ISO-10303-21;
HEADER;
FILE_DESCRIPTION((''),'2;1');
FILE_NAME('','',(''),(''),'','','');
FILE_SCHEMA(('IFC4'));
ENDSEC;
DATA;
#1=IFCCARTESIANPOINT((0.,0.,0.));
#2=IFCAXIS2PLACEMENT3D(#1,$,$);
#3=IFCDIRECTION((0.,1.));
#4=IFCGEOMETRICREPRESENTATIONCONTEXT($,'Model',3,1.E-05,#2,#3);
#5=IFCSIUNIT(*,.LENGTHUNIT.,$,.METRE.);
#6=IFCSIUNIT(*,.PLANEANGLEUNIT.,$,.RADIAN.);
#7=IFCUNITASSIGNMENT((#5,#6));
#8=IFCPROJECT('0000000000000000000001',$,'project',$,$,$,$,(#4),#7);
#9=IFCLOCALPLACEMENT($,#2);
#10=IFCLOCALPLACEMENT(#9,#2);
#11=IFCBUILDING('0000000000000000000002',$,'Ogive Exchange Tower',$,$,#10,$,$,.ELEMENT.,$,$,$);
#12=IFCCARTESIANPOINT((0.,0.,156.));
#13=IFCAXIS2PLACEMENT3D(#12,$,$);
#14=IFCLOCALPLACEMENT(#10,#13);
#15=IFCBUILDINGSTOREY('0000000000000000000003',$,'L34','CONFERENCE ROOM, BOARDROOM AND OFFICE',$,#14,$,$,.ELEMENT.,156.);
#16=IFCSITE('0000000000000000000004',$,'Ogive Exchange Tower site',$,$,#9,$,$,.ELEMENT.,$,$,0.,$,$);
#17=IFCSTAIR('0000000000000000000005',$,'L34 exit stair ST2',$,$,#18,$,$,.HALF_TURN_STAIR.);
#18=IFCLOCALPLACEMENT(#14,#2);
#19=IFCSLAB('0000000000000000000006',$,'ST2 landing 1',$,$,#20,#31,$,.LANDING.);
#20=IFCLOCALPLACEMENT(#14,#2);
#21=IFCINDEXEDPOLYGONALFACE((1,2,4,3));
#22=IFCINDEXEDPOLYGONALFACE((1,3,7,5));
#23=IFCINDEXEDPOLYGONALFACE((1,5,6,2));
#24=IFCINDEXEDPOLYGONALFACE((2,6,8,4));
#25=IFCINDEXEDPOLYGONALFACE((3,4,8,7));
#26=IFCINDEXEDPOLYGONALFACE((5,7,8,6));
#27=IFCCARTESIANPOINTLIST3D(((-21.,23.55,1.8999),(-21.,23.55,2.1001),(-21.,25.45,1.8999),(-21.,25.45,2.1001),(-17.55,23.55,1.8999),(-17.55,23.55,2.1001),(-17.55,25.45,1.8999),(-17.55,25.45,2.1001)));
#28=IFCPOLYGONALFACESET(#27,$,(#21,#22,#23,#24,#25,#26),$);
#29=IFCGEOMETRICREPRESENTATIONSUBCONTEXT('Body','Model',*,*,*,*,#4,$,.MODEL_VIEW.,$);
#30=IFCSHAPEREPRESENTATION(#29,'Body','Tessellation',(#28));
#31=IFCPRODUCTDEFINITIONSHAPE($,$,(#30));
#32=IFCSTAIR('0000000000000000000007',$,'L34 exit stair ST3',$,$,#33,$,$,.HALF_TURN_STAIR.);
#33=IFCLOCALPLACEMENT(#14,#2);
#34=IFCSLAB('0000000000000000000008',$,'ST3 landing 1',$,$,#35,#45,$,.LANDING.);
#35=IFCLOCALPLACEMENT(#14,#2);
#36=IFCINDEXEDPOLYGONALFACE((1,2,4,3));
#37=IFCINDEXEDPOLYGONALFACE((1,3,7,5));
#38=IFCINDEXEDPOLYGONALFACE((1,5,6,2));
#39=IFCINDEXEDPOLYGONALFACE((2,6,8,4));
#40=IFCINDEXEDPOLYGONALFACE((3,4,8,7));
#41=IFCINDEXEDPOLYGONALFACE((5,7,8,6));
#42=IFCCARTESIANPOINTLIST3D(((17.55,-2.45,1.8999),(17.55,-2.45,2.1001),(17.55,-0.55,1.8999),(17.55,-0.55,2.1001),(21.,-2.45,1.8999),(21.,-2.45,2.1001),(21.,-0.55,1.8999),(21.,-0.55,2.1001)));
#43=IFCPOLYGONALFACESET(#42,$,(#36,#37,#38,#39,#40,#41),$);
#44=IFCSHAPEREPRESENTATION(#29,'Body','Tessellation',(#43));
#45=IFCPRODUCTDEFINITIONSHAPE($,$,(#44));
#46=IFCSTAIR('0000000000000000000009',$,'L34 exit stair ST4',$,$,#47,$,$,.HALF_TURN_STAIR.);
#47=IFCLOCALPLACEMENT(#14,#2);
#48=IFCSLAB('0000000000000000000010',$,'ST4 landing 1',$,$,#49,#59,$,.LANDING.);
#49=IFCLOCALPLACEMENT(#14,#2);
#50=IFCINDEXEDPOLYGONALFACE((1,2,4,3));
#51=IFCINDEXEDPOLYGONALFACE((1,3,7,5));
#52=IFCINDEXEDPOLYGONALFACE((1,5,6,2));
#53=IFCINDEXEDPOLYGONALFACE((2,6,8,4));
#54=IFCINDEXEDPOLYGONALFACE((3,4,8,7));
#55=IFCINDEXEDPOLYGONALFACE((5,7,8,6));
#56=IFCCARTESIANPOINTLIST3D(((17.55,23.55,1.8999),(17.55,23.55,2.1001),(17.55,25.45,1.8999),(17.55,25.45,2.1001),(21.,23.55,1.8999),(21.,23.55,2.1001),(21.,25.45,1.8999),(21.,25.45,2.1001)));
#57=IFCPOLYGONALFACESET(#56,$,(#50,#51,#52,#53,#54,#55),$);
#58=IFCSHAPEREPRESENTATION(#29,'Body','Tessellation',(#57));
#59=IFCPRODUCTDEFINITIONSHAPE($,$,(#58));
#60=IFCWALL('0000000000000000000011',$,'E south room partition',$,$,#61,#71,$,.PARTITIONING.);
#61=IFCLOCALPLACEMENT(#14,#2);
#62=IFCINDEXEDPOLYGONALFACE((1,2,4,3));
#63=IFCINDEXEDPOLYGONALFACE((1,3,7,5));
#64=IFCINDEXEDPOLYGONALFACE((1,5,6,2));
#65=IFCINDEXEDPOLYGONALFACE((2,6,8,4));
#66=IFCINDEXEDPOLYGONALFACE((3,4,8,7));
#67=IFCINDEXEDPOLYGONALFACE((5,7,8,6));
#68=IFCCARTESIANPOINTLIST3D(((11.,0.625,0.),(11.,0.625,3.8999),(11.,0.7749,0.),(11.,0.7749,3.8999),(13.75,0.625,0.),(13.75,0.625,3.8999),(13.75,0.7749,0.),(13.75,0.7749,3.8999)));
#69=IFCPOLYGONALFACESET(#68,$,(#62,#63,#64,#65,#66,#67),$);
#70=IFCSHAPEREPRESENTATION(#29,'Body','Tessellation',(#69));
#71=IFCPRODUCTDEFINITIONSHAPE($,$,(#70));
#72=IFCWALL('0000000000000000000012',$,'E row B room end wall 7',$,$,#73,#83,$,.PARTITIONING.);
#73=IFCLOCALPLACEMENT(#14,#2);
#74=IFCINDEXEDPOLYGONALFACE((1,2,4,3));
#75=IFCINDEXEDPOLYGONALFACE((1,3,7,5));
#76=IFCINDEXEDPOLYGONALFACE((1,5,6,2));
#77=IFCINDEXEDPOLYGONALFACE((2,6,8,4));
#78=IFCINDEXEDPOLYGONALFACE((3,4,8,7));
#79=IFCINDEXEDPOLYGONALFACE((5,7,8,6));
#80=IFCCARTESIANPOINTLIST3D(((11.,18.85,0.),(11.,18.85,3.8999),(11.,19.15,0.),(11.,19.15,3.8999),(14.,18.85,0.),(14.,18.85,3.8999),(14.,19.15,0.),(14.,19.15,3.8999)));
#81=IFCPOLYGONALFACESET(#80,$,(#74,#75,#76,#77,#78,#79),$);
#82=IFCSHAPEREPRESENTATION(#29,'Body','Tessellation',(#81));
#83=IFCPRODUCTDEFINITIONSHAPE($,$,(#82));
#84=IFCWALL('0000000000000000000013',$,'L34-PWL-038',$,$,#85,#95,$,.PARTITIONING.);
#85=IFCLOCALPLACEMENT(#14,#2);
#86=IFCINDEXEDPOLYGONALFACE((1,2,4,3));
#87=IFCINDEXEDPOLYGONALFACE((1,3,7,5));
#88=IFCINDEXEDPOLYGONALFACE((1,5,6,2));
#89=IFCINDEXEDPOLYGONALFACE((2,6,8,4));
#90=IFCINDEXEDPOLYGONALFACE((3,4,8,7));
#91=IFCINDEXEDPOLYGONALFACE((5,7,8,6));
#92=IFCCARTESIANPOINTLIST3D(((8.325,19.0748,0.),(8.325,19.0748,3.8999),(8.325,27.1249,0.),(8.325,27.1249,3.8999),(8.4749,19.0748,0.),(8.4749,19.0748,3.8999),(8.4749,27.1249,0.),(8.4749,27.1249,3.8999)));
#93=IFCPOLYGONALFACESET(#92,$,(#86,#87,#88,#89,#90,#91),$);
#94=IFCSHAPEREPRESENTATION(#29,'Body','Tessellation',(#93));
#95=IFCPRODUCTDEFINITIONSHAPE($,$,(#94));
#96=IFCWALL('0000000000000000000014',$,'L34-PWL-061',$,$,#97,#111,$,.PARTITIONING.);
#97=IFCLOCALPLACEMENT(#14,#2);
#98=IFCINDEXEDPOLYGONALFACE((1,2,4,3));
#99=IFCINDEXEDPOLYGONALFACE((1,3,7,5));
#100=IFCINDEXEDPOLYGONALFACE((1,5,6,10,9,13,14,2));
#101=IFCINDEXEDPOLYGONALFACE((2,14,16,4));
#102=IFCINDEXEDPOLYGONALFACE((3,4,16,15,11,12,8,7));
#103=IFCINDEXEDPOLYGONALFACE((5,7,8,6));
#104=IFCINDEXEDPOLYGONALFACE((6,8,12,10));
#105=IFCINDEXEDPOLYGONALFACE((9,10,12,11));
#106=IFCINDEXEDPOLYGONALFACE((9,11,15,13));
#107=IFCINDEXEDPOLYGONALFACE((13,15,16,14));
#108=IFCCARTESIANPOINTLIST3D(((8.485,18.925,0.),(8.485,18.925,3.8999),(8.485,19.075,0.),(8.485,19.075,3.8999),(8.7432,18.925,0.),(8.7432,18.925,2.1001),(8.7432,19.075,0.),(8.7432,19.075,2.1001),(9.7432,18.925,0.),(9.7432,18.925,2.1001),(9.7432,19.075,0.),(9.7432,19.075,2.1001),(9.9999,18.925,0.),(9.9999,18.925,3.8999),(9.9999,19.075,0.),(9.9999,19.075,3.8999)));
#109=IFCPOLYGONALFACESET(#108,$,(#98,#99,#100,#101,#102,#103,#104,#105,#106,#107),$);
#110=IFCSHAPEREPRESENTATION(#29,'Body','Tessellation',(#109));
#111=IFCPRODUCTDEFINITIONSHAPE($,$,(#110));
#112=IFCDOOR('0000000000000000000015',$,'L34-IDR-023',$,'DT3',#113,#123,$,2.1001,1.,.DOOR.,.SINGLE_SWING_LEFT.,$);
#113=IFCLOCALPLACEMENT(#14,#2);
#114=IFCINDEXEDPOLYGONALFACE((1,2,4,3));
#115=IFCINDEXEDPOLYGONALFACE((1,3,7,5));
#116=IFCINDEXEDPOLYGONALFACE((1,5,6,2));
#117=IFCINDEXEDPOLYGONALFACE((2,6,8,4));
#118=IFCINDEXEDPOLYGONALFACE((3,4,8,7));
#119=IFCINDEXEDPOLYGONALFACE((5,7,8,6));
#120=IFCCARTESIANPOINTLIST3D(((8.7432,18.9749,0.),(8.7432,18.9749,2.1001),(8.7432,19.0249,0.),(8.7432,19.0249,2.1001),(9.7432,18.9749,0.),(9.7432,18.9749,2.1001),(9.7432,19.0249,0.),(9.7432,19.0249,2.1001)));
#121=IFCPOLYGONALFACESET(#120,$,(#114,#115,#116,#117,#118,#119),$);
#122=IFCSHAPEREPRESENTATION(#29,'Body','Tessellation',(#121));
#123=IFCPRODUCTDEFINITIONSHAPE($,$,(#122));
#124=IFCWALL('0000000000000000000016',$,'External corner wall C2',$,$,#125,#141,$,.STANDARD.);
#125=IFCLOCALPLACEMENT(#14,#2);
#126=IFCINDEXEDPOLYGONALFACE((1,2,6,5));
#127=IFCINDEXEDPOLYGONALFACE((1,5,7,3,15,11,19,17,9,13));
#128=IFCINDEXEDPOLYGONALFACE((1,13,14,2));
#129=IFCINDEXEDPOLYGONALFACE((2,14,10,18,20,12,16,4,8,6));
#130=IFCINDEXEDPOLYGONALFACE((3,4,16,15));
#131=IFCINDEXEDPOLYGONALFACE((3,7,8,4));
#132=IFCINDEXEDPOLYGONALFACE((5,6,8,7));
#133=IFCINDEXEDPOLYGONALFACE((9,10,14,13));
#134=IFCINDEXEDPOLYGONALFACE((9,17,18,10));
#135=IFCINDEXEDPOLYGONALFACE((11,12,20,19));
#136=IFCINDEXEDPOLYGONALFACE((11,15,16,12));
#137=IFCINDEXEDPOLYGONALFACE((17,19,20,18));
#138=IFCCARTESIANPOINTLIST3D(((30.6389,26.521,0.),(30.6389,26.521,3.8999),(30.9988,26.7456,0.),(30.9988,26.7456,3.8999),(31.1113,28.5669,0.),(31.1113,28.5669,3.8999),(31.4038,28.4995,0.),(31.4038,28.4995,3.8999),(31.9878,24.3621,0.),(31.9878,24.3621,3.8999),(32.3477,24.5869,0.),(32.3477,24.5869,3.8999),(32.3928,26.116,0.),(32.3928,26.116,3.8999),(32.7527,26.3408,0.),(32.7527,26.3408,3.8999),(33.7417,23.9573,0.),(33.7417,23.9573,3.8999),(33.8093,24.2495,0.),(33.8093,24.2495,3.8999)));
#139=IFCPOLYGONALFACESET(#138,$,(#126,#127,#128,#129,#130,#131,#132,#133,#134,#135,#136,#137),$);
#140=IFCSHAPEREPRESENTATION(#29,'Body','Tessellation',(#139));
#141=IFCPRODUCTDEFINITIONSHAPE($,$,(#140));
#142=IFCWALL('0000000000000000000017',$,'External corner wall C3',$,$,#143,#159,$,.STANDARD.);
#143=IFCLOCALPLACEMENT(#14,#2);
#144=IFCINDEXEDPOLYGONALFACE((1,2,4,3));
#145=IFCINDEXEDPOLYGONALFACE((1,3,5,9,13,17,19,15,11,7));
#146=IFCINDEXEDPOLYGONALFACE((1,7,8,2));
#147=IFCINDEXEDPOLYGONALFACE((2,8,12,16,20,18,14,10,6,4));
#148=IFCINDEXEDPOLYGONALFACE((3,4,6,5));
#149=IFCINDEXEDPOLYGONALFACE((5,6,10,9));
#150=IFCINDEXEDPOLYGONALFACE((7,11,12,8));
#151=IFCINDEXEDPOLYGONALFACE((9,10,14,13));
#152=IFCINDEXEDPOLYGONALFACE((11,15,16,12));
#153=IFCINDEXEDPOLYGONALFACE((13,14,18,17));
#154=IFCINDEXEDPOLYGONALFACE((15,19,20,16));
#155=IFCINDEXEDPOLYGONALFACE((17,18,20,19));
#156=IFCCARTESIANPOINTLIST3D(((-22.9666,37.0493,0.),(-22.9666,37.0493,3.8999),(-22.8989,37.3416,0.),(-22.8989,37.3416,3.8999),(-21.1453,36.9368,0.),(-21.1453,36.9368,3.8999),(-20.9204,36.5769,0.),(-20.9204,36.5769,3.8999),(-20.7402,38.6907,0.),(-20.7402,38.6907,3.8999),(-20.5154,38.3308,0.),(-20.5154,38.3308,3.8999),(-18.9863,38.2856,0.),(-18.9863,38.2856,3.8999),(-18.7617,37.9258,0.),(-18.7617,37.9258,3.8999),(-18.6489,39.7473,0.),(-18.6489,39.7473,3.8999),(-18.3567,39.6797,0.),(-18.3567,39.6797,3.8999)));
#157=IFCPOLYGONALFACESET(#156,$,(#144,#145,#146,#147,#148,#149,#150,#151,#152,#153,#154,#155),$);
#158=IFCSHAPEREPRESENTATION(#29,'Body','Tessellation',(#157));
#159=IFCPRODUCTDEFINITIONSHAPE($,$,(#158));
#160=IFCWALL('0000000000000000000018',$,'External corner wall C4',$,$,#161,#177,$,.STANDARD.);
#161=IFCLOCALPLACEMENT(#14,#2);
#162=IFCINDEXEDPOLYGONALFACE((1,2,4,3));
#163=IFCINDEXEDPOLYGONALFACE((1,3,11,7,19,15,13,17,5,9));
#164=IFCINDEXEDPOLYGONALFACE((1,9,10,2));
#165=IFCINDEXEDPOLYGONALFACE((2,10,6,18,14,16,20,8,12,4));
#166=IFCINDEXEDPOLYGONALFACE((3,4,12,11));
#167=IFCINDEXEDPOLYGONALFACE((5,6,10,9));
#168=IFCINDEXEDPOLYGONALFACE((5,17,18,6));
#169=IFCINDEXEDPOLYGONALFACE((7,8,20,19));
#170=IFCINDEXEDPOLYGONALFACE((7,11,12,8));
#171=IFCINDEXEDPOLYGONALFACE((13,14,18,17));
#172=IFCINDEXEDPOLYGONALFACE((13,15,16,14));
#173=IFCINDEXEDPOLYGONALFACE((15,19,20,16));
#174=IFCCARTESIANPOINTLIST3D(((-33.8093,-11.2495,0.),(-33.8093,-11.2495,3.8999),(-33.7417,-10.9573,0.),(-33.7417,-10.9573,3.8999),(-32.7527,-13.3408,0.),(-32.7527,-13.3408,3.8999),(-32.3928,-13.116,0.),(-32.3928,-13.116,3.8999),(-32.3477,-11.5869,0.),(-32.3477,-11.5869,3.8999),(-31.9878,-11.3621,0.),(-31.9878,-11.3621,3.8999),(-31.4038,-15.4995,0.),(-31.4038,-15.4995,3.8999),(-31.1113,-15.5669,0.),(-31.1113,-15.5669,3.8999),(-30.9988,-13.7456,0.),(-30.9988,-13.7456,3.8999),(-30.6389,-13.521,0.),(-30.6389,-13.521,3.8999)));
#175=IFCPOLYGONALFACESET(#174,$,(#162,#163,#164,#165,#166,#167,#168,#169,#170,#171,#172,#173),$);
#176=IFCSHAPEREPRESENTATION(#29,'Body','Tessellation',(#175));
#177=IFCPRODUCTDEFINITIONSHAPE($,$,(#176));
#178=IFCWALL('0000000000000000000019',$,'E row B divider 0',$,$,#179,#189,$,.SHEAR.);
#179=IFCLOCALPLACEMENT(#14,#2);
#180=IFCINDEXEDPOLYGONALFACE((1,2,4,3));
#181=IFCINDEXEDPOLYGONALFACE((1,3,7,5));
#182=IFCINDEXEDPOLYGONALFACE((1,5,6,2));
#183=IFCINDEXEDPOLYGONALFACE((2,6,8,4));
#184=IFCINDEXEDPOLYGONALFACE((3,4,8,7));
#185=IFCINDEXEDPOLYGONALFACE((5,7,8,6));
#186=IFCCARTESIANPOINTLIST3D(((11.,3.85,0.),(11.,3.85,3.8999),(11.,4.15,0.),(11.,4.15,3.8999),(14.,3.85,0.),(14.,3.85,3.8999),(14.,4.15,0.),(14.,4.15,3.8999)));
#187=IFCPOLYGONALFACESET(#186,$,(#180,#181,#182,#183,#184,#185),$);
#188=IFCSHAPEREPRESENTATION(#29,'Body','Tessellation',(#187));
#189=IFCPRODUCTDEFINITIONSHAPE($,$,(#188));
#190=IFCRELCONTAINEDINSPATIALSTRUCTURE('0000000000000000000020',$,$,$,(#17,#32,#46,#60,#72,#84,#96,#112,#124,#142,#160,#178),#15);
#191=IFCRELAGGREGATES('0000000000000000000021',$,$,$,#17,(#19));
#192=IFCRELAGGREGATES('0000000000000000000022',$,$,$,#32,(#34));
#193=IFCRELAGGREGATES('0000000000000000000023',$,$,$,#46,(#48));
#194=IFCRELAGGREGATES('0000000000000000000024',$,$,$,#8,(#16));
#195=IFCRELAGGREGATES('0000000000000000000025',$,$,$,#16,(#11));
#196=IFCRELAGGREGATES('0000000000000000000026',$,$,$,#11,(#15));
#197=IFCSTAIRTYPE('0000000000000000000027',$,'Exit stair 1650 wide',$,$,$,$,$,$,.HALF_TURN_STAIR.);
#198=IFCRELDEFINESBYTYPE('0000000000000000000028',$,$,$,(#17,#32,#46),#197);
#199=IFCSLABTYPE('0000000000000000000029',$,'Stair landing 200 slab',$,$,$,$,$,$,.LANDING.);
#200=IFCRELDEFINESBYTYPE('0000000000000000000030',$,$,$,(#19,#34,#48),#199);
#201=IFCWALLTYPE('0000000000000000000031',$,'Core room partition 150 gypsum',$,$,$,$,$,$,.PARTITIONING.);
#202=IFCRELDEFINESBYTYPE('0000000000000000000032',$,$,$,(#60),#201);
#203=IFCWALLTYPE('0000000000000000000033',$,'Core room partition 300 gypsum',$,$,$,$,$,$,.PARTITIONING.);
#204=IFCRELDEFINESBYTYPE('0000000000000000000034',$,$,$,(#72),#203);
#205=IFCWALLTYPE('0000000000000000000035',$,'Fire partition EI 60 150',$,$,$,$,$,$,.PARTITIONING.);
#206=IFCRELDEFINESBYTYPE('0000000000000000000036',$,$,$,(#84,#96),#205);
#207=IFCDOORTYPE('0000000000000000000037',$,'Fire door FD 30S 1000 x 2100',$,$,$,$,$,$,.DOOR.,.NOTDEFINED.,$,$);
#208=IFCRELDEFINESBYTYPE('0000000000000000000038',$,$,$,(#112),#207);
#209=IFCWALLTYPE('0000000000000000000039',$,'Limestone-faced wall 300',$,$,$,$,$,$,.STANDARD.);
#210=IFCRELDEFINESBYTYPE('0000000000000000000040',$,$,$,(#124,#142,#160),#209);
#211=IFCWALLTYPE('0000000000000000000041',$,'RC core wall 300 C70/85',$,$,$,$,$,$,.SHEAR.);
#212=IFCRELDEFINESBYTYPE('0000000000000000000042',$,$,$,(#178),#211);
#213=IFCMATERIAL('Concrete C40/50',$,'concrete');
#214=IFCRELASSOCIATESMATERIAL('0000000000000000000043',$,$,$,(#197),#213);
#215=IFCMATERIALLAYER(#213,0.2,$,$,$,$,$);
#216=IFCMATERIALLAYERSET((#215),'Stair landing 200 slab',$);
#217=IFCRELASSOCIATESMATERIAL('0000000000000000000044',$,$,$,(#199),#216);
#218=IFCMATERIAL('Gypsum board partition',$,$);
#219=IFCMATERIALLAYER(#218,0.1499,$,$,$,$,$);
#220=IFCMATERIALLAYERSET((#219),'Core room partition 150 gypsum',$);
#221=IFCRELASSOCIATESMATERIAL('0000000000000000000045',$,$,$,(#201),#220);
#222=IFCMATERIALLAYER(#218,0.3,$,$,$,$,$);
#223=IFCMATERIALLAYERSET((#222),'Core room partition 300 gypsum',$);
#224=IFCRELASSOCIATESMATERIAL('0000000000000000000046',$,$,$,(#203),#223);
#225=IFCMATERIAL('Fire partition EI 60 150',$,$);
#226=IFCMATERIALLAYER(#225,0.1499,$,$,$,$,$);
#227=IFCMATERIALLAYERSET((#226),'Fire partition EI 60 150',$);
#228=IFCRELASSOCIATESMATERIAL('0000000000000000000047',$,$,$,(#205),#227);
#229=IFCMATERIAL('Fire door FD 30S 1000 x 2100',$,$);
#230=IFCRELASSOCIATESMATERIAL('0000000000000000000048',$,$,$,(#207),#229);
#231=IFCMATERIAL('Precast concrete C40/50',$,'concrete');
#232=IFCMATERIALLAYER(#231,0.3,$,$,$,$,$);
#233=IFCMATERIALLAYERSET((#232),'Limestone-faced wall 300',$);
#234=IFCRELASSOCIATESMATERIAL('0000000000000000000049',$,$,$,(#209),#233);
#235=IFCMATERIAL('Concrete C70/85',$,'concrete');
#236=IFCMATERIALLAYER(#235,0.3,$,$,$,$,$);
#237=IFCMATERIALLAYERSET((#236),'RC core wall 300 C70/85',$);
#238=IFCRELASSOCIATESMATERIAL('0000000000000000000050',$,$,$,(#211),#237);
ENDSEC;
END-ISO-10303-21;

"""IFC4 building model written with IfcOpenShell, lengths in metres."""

from ifc_helpers import new_model, si_unit, direction, frame, frame_2d, origin, place, context, subcontext, project, spatial, polyline, rectangle, outline, extrude, material, layer, layer_set, type_object, element, fill, aggregate, save


model = new_model("IFC4")

# Units and contexts
model_context = context("Model", 3, precision=1e-05, world=origin(), true_north=direction((0.0, 1.0)))
body_context = subcontext(model_context, "Body", "Model", "MODEL_VIEW")
ifc_project = project(units=[si_unit("LENGTHUNIT", "METRE"), si_unit("PLANEANGLEUNIT", "RADIAN")], contexts=[model_context])

# Site, building, storey
site_placement = place(None, origin())
site = spatial("IfcSite", under=ifc_project, at=site_placement, Name="Ogive Exchange Tower site", CompositionType="ELEMENT", RefElevation=0.0)
building_placement = place(site_placement, origin())
building = spatial("IfcBuilding", under=site, at=building_placement, Name="Ogive Exchange Tower", CompositionType="ELEMENT")
storey_placement = place(building_placement, frame((0.0, 0.0, 156.0)))
storey = spatial("IfcBuildingStorey", under=building, at=storey_placement, Name="L34", Description="CONFERENCE ROOM, BOARDROOM AND OFFICE", CompositionType="ELEMENT", Elevation=156.0)

# Shared definitions
ifc_material_1 = material(Name="Concrete C70/85", Category="concrete")

# Stairs, slabs
ifc_material_2 = material(Name="Concrete C40/50", Category="concrete")
stair_type = type_object("IfcStairType", Name="Exit stair 1650 wide", PredefinedType="HALF_TURN_STAIR", material=ifc_material_2)
ifc_layer_1 = layer(ifc_material_2, 0.2)
ifc_layer_set_1 = layer_set([ifc_layer_1], Name="Stair landing 200 slab")
slab_type_1 = type_object("IfcSlabType", Name="Stair landing 200 slab", PredefinedType="LANDING", material=ifc_layer_set_1)
stair_1_placement = place(storey_placement, origin())
stair_1 = element("IfcStair", 1, at=stair_1_placement, inside=storey, type_object=stair_type, Name="L34 exit stair ST2", PredefinedType="HALF_TURN_STAIR")
slab_1_placement = place(storey_placement, frame((0.0, 0.0, 1.8999)))
slab_1 = element("IfcSlab", 2, at=slab_1_placement, type_object=slab_type_1, Name="ST2 landing 1", PredefinedType="LANDING", context=body_context, shape_type="SweptSolid", body=[
    extrude(outline(polyline([(-17.55, 23.55), (-17.55, 25.45), (-21.0, 25.45), (-21.0, 23.55), (-17.55, 23.55)])), origin(), (0.0, 0.0, 1.0), 0.2002),
])
aggregate(stair_1, [slab_1])
stair_2_placement = place(storey_placement, origin())
stair_2 = element("IfcStair", 3, at=stair_2_placement, inside=storey, type_object=stair_type, Name="L34 exit stair ST3", PredefinedType="HALF_TURN_STAIR")
slab_2_placement = place(storey_placement, frame((0.0, 0.0, 1.8999)))
slab_2 = element("IfcSlab", 4, at=slab_2_placement, type_object=slab_type_1, Name="ST3 landing 1", PredefinedType="LANDING", context=body_context, shape_type="SweptSolid", body=[
    extrude(outline(polyline([(17.55, -0.55), (17.55, -2.45), (21.0, -2.45), (21.0, -0.55), (17.55, -0.55)])), origin(), (0.0, 0.0, 1.0), 0.2002),
])
aggregate(stair_2, [slab_2])
stair_3_placement = place(storey_placement, origin())
stair_3 = element("IfcStair", 5, at=stair_3_placement, inside=storey, type_object=stair_type, Name="L34 exit stair ST4", PredefinedType="HALF_TURN_STAIR")
slab_3_placement = place(storey_placement, frame((0.0, 0.0, 1.8999)))
slab_3 = element("IfcSlab", 6, at=slab_3_placement, type_object=slab_type_1, Name="ST4 landing 1", PredefinedType="LANDING", context=body_context, shape_type="SweptSolid", body=[
    extrude(outline(polyline([(21.0, 23.55), (21.0, 25.45), (17.55, 25.45), (17.55, 23.55), (21.0, 23.55)])), origin(), (0.0, 0.0, 1.0), 0.2002),
])
aggregate(stair_3, [slab_3])

# Walls
ifc_material_3 = material(Name="Gypsum board partition")
ifc_layer_2 = layer(ifc_material_3, 0.1499)
ifc_layer_set_2 = layer_set([ifc_layer_2], Name="Core room partition 150 gypsum")
wall_type_1 = type_object("IfcWallType", Name="Core room partition 150 gypsum", PredefinedType="PARTITIONING", material=ifc_layer_set_2)
wall_1_placement = place(storey_placement, frame((11.0, 0.7, 0.0), z_axis=(0.0, 0.0, 1.0), x_axis=(1.0, 0.0, 0.0)))
element("IfcWall", 7, at=wall_1_placement, inside=storey, type_object=wall_type_1, Name="E south room partition", PredefinedType="PARTITIONING", context=body_context, shape_type="SweptSolid", body=[
    extrude(rectangle(XDim=2.75, YDim=0.1499, at=frame_2d((1.375, 0.0))), origin(), (0.0, 0.0, 1.0), 3.8999),
])
ifc_layer_3 = layer(ifc_material_3, 0.3)
ifc_layer_set_3 = layer_set([ifc_layer_3], Name="Core room partition 300 gypsum")
wall_type_2 = type_object("IfcWallType", Name="Core room partition 300 gypsum", PredefinedType="PARTITIONING", material=ifc_layer_set_3)
wall_2_placement = place(storey_placement, frame((11.0, 19.0, 0.0), z_axis=(0.0, 0.0, 1.0), x_axis=(1.0, 0.0, 0.0)))
element("IfcWall", 8, at=wall_2_placement, inside=storey, type_object=wall_type_2, Name="E row B room end wall 7", PredefinedType="PARTITIONING", context=body_context, shape_type="SweptSolid", body=[
    extrude(rectangle(XDim=3.0, YDim=0.3, at=frame_2d((1.5, 0.0))), origin(), (0.0, 0.0, 1.0), 3.8999),
])
ifc_material_4 = material(Name="Fire partition EI 60 150")
ifc_layer_4 = layer(ifc_material_4, 0.1499)
ifc_layer_set_4 = layer_set([ifc_layer_4], Name="Fire partition EI 60 150")
wall_type_3 = type_object("IfcWallType", Name="Fire partition EI 60 150", PredefinedType="PARTITIONING", material=ifc_layer_set_4)
wall_3_placement = place(storey_placement, frame((8.3999, 19.075, 0.0), z_axis=(0.0, 0.0, 1.0), x_axis=(0.0, 1.0, 0.0)))
element("IfcWall", 9, at=wall_3_placement, inside=storey, type_object=wall_type_3, Name="L34-PWL-038", PredefinedType="PARTITIONING", context=body_context, shape_type="SweptSolid", body=[
    extrude(rectangle(XDim=8.05, YDim=0.1499, at=frame_2d((4.0249, 0.0))), origin(), (0.0, 0.0, 1.0), 3.8999),
])

# Wall, opening, door
wall_4_placement = place(storey_placement, frame((8.4851, 19.0, 0.0), z_axis=(0.0, 0.0, 1.0), x_axis=(1.0, 0.0, 0.0)))
wall_4 = element("IfcWall", 10, at=wall_4_placement, inside=storey, type_object=wall_type_3, Name="L34-PWL-061", PredefinedType="PARTITIONING", context=body_context, shape_type="SweptSolid", body=[
    extrude(rectangle(XDim=1.5149, YDim=0.1499, at=frame_2d((0.7573, 0.0))), origin(), (0.0, 0.0, 1.0), 3.8999),
])
opening_placement = place(wall_4_placement, frame((0.2581, 0.0, 0.0)))
opening = element("IfcOpeningElement", 11, at=opening_placement, cuts=wall_4, PredefinedType="OPENING", context=body_context, shape_type="SweptSolid", body=[
    extrude(rectangle(XDim=1.0, YDim=2.1001, at=frame_2d((0.5, 1.05))), frame((0.0, 0.085, 0.0), z_axis=(0.0, -1.0, 0.0), x_axis=(1.0, 0.0, 0.0)), (0.0, 0.0, 1.0), 0.1699),
])
ifc_material_5 = material(Name="Fire door FD 30S 1000 x 2100")
door_type = type_object("IfcDoorType", Name="Fire door FD 30S 1000 x 2100", OperationType="NOTDEFINED", PredefinedType="DOOR", material=ifc_material_5)
door_placement = place(opening_placement, origin())
door = element("IfcDoor", 12, at=door_placement, inside=storey, type_object=door_type, Name="L34-IDR-023", ObjectType="DT3", OperationType="SINGLE_SWING_LEFT", OverallHeight=2.1001, OverallWidth=1.0, PredefinedType="DOOR", context=body_context, shape_type="SweptSolid", body=[
    extrude(rectangle(XDim=1.0, YDim=2.1001, at=frame_2d((0.5, 1.05))), frame((0.0, 0.0249, 0.0), z_axis=(0.0, -1.0, 0.0), x_axis=(1.0, 0.0, 0.0)), (0.0, 0.0, 1.0), 0.05),
])
fill(opening, door)

# Walls
ifc_material_6 = material(Name="Precast concrete C40/50", Category="concrete")
ifc_layer_5 = layer(ifc_material_6, 0.3)
ifc_layer_set_5 = layer_set([ifc_layer_5], Name="Limestone-faced wall 300")
wall_type_4 = type_object("IfcWallType", Name="Limestone-faced wall 300", PredefinedType="STANDARD", material=ifc_layer_set_5)
wall_5_placement = place(storey_placement, origin())
element("IfcWall", 13, at=wall_5_placement, inside=storey, type_object=wall_type_4, Name="External corner wall C2", PredefinedType="STANDARD", context=body_context, shape_type="SweptSolid", body=[
    extrude(outline(polyline([(32.3928, 26.116), (30.6389, 26.521), (31.1113, 28.5669), (31.4038, 28.4995), (30.9988, 26.7456), (32.7527, 26.3408), (32.3477, 24.5869), (33.8093, 24.2495), (33.7417, 23.9573), (31.9878, 24.3621), (32.3928, 26.116)])), origin(), (0.0, 0.0, 1.0), 3.8999),
])
wall_6_placement = place(storey_placement, origin())
element("IfcWall", 14, at=wall_6_placement, inside=storey, type_object=wall_type_4, Name="External corner wall C3", PredefinedType="STANDARD", context=body_context, shape_type="SweptSolid", body=[
    extrude(outline(polyline([(-22.9666, 37.0493), (-22.8989, 37.3416), (-21.1453, 36.9368), (-20.7402, 38.6907), (-18.9863, 38.2856), (-18.6489, 39.7473), (-18.3567, 39.6797), (-18.7617, 37.9258), (-20.5154, 38.3308), (-20.9204, 36.5769), (-22.9666, 37.0493)])), origin(), (0.0, 0.0, 1.0), 3.8999),
])
wall_7_placement = place(storey_placement, origin())
element("IfcWall", 15, at=wall_7_placement, inside=storey, type_object=wall_type_4, Name="External corner wall C4", PredefinedType="STANDARD", context=body_context, shape_type="SweptSolid", body=[
    extrude(outline(polyline([(-32.3928, -13.116), (-30.6389, -13.521), (-31.1113, -15.5669), (-31.4038, -15.4995), (-30.9988, -13.7456), (-32.7527, -13.3408), (-32.3477, -11.5869), (-33.8093, -11.2495), (-33.7417, -10.9573), (-31.9878, -11.3621), (-32.3928, -13.116)])), origin(), (0.0, 0.0, 1.0), 3.8999),
])
ifc_layer_6 = layer(ifc_material_1, 0.3)
ifc_layer_set_6 = layer_set([ifc_layer_6], Name="RC core wall 300 C70/85")
wall_type_5 = type_object("IfcWallType", Name="RC core wall 300 C70/85", PredefinedType="SHEAR", material=ifc_layer_set_6)
wall_8_placement = place(storey_placement, frame((11.0, 4.0, 0.0), z_axis=(0.0, 0.0, 1.0), x_axis=(1.0, 0.0, 0.0)))
element("IfcWall", 16, at=wall_8_placement, inside=storey, type_object=wall_type_5, Name="E row B divider 0", PredefinedType="SHEAR", context=body_context, shape_type="SweptSolid", body=[
    extrude(rectangle(XDim=3.0, YDim=0.3, at=frame_2d((1.5, 0.0))), origin(), (0.0, 0.0, 1.0), 3.8999),
])

save(model, "model.ifc")
